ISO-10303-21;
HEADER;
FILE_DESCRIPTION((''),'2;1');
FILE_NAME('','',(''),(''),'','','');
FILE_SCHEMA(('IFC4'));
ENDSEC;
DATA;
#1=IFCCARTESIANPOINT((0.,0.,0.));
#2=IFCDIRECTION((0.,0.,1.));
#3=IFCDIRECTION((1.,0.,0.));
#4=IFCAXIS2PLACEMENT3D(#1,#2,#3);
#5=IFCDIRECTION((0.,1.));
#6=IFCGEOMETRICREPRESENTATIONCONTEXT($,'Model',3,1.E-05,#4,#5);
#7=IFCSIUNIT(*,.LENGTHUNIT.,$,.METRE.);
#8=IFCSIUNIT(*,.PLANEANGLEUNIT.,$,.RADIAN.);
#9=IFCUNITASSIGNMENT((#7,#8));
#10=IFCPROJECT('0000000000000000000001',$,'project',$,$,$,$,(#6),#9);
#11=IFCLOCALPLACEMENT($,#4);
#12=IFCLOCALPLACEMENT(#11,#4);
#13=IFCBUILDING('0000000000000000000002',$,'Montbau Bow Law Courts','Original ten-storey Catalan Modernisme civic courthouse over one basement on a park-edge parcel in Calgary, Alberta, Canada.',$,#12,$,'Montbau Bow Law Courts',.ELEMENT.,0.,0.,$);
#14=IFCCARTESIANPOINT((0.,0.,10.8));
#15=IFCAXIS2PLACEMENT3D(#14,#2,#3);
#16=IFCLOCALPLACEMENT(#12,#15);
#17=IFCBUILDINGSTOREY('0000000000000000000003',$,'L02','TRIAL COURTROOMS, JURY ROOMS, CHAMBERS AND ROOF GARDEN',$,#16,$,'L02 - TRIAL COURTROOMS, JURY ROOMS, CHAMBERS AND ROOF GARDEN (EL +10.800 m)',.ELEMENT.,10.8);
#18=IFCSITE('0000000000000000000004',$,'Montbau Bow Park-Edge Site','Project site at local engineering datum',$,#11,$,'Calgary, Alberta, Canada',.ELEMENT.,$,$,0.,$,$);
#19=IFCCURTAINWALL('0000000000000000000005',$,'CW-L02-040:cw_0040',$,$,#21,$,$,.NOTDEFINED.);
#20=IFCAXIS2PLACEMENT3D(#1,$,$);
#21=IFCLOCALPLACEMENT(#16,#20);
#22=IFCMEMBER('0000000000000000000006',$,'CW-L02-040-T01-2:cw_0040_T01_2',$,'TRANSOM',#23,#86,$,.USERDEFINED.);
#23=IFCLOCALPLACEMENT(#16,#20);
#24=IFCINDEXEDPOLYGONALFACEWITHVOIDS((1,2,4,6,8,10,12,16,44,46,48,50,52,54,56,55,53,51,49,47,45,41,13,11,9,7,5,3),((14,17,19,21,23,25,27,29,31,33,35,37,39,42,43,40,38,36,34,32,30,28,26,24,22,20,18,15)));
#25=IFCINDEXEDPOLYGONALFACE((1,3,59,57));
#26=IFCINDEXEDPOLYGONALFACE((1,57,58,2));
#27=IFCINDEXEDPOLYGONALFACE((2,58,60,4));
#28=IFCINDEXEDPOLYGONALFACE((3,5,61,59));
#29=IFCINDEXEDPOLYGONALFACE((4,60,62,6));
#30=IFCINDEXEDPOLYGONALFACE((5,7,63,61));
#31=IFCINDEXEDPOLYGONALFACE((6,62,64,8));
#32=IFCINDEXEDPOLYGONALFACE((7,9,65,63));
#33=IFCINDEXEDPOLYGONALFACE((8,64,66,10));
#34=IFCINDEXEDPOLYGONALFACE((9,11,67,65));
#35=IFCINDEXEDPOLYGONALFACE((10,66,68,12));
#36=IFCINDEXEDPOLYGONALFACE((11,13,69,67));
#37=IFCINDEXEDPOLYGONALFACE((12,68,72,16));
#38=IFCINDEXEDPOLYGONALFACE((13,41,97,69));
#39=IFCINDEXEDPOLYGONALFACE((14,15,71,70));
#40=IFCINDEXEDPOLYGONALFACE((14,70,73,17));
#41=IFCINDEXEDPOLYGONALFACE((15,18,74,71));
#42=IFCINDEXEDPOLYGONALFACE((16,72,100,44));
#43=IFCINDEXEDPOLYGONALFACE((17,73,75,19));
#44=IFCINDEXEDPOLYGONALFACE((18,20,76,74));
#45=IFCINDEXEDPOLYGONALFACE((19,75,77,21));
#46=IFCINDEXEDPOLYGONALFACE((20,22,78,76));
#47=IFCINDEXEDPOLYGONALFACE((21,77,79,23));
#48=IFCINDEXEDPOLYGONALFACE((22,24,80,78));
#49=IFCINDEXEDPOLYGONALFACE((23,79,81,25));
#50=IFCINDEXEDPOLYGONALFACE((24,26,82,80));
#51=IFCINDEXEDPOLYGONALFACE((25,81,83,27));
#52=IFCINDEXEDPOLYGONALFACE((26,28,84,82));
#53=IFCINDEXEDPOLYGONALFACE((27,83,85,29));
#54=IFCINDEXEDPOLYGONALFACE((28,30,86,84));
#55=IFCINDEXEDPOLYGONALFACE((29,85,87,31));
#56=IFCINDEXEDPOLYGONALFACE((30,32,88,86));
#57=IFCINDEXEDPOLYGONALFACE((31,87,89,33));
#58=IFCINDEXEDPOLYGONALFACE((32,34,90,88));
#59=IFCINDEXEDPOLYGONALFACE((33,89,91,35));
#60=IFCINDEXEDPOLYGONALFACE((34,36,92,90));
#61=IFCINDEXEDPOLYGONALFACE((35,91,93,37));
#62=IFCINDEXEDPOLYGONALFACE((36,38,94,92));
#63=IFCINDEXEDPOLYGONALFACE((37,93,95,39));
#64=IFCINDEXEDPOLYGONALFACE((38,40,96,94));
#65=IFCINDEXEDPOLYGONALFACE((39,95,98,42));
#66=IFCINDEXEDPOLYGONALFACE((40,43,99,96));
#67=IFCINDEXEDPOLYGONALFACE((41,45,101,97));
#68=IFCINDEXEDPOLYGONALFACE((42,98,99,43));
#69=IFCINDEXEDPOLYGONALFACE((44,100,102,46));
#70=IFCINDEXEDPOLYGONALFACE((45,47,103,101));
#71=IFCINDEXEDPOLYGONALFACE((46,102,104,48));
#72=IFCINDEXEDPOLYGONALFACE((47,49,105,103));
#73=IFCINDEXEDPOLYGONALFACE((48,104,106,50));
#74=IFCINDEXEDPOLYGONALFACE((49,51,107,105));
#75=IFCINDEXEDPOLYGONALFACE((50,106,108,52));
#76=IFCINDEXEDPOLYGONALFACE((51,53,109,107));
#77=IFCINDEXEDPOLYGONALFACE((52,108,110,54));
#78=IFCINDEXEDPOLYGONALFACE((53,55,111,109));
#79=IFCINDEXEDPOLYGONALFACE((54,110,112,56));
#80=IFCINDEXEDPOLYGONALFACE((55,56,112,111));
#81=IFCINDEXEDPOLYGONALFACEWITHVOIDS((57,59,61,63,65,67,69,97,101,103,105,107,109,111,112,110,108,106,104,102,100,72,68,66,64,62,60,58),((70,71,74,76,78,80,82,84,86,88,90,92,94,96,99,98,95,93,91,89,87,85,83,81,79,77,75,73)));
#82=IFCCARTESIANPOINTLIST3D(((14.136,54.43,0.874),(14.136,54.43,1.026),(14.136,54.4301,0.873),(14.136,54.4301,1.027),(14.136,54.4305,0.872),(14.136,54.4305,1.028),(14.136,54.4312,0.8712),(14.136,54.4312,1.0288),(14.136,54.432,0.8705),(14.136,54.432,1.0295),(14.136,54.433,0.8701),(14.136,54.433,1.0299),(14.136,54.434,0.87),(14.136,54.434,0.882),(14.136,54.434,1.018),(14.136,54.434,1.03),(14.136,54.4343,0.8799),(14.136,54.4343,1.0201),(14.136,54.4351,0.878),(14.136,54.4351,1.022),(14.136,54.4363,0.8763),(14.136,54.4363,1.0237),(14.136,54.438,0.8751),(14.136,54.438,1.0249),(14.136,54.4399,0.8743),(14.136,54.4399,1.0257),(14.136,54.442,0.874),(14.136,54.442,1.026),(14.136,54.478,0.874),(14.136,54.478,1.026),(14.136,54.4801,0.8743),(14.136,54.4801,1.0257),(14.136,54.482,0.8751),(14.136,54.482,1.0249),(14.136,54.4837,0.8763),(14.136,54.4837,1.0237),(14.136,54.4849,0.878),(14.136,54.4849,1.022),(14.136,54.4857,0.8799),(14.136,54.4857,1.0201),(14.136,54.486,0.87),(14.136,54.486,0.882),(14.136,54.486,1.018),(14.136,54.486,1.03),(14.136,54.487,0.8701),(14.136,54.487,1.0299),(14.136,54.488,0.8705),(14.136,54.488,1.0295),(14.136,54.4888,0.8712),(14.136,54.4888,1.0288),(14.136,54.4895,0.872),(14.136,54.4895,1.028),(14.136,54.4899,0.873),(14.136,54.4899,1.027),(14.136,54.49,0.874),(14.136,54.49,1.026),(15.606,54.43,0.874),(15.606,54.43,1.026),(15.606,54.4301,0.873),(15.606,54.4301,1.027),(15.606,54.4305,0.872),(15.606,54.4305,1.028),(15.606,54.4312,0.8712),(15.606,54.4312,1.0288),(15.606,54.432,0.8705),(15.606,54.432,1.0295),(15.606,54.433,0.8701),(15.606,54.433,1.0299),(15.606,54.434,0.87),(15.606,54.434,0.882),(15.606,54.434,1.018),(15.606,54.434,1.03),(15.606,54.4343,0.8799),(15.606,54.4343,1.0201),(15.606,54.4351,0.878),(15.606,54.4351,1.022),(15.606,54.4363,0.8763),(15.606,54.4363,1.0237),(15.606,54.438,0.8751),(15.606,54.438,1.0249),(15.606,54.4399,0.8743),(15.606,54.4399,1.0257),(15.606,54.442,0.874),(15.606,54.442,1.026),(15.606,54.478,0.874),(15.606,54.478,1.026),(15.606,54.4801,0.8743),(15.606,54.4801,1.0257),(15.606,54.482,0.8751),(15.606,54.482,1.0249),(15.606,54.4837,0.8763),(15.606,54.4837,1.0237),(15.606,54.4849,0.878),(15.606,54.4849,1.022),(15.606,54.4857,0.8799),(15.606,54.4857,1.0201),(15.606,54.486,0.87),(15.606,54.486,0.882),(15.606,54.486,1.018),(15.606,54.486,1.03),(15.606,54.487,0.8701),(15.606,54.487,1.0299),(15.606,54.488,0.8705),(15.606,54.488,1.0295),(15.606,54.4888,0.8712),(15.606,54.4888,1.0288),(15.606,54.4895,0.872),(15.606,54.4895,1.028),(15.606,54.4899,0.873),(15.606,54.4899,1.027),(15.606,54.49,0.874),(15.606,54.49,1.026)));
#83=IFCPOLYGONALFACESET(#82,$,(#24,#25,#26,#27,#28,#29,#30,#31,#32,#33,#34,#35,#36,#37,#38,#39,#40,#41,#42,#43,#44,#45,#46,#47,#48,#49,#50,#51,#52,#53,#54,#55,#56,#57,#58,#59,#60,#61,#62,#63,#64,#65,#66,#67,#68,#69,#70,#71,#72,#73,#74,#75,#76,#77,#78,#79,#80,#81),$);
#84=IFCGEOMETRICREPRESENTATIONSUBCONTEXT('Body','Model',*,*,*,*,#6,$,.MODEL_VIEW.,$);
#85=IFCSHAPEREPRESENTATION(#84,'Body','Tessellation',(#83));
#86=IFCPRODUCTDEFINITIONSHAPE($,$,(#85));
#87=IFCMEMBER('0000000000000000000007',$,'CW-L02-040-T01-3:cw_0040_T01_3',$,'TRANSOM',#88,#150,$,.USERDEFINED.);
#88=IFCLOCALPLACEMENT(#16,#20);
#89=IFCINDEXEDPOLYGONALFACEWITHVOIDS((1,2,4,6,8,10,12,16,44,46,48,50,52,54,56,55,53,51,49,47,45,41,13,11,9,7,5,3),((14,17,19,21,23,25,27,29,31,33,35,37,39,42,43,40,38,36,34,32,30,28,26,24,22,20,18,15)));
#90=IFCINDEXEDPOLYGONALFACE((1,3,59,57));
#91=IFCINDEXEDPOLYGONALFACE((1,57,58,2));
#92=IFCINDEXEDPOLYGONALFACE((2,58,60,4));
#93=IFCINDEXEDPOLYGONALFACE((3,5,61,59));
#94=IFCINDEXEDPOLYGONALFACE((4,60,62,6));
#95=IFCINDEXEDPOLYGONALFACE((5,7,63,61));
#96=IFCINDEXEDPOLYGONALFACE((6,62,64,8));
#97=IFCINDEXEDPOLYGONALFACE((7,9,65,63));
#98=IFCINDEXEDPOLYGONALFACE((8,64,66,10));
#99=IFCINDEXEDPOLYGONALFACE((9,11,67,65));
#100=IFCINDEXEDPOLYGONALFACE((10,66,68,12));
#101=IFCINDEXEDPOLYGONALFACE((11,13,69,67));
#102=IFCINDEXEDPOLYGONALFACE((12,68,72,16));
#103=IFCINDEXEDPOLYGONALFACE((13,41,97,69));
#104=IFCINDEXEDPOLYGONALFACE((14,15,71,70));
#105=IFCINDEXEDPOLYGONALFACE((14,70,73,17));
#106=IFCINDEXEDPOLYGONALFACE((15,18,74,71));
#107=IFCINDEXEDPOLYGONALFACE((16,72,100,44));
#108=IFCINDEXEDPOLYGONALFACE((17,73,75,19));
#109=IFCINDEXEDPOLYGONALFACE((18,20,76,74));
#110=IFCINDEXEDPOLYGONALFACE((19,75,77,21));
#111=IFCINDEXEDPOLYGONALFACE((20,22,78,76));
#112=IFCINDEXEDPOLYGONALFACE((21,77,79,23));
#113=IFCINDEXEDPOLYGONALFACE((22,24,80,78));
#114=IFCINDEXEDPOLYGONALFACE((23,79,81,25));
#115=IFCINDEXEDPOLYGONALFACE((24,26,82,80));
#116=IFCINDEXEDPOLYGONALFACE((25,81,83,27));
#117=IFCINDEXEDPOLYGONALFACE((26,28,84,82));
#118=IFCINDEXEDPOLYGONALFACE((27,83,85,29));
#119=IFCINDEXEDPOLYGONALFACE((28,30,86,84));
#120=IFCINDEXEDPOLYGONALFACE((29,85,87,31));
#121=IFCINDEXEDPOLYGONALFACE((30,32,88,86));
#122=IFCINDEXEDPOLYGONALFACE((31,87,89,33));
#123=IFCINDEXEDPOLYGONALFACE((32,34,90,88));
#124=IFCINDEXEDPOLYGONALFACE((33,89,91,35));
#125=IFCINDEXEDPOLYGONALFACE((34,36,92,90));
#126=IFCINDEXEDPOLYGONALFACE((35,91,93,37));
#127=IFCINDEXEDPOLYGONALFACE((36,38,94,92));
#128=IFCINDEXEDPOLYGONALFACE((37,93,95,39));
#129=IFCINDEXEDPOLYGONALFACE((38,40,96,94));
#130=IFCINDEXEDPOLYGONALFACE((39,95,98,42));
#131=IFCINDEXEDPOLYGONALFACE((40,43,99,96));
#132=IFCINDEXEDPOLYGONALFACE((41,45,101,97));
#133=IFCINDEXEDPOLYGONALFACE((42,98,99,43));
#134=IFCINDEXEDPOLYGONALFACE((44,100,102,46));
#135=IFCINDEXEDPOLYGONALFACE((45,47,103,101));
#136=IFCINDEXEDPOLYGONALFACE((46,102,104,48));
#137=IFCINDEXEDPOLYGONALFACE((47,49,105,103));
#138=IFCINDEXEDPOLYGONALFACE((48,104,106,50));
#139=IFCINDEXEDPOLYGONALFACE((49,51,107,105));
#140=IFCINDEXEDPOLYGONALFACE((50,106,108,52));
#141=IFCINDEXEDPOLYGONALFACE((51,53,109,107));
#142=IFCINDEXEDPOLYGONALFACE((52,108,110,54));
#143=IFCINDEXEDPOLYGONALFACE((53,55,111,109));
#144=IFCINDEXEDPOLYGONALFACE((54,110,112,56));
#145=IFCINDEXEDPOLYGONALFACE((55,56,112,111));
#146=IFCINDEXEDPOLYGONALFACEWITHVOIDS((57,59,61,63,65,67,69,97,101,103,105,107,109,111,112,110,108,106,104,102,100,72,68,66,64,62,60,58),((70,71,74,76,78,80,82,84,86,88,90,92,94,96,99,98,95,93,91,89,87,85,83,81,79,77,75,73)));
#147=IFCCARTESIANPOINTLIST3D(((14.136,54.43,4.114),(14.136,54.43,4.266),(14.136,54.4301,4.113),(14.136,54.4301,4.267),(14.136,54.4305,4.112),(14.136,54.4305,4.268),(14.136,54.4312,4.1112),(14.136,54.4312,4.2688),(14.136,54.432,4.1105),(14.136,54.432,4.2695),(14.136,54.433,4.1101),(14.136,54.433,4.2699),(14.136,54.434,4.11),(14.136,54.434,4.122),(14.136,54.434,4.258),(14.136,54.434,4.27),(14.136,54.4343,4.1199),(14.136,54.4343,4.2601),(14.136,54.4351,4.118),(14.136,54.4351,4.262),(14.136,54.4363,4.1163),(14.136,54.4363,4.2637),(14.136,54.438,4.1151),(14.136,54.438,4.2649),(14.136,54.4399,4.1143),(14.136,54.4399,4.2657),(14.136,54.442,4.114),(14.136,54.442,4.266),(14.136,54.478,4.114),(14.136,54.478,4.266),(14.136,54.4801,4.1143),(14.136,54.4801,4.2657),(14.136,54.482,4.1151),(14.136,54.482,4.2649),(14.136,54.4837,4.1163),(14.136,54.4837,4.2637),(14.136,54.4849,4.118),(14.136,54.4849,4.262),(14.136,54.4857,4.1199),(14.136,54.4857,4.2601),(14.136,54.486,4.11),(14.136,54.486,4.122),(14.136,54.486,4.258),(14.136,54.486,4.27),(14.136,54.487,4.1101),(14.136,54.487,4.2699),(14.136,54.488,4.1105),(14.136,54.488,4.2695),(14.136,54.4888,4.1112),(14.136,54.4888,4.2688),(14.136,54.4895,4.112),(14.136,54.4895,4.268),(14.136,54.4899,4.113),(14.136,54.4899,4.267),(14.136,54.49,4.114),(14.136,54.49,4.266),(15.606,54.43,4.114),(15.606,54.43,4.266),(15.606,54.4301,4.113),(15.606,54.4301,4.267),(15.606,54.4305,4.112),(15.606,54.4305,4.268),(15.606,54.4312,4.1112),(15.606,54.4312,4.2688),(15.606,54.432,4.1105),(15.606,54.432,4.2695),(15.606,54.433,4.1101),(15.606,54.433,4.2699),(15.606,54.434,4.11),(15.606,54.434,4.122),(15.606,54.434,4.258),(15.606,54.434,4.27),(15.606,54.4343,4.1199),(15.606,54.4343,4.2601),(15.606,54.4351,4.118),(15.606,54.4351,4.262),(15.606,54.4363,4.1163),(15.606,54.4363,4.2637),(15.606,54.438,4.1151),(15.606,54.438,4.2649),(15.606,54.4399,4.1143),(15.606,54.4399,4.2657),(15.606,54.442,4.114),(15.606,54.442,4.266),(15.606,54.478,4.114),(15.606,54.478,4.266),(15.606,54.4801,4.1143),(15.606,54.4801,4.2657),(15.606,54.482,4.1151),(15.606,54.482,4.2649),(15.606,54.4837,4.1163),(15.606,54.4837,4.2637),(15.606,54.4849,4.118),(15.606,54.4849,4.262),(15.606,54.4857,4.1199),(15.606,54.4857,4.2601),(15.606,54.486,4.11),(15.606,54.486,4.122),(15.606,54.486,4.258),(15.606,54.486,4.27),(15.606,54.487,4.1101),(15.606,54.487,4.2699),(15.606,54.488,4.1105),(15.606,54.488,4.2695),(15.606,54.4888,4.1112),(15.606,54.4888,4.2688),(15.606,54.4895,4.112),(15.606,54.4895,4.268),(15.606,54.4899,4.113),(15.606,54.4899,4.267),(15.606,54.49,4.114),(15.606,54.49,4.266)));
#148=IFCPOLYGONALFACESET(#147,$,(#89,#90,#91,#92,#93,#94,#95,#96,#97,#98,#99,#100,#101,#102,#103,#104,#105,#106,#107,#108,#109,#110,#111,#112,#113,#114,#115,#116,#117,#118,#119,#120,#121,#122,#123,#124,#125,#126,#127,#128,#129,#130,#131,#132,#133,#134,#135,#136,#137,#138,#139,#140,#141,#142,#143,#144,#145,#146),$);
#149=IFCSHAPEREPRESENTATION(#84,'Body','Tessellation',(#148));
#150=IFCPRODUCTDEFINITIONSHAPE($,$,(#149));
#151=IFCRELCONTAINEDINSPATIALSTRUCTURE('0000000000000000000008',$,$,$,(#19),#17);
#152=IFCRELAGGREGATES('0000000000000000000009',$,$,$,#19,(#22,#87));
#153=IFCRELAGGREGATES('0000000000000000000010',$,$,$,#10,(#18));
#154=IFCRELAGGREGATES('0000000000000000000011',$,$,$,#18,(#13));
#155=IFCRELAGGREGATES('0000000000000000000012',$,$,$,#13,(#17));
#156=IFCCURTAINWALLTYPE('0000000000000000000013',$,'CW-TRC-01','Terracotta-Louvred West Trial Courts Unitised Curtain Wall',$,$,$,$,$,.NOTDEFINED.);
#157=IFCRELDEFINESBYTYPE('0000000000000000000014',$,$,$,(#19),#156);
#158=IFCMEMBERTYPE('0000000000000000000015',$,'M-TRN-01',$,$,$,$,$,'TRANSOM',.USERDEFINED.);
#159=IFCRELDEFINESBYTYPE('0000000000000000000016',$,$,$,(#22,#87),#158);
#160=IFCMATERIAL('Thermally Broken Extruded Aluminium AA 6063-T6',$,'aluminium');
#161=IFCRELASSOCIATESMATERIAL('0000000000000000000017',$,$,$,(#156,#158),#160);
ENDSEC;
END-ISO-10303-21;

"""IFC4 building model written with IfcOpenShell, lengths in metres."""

from ifc_helpers import new_model, si_unit, direction, frame, origin_with_axes, origin_2d_with_axis, place, context, subcontext, project, spatial, hollow_rectangle, extrude, material, material_profile, profile_set, type_object, element, aggregate, save


model = new_model("IFC4")

# Units and contexts
model_context = context("Model", 3, precision=1e-05, world=origin_with_axes(), true_north=direction((0.0, 1.0)))
body_context = subcontext(model_context, "Body", "Model", "MODEL_VIEW")
ifc_project = project(units=[si_unit("LENGTHUNIT", "METRE"), si_unit("PLANEANGLEUNIT", "RADIAN")], contexts=[model_context])

# Site, building, storey
site_placement = place(None, origin_with_axes())
site = spatial("IfcSite", under=ifc_project, at=site_placement, Name="Montbau Bow Park-Edge Site", Description="Project site at local engineering datum", LongName="Calgary, Alberta, Canada", CompositionType="ELEMENT", RefElevation=0.0)
building_placement = place(site_placement, origin_with_axes())
building = spatial("IfcBuilding", under=site, at=building_placement, Name="Montbau Bow Law Courts", Description="Original ten-storey Catalan Modernisme civic courthouse over one basement on a park-edge parcel in Calgary, Alberta, Canada.", LongName="Montbau Bow Law Courts", CompositionType="ELEMENT", ElevationOfRefHeight=0.0, ElevationOfTerrain=0.0)
storey_placement = place(building_placement, frame((0.0, 0.0, 10.8), z_axis=(0.0, 0.0, 1.0), x_axis=(1.0, 0.0, 0.0)))
storey = spatial("IfcBuildingStorey", under=building, at=storey_placement, Name="L02", Description="TRIAL COURTROOMS, JURY ROOMS, CHAMBERS AND ROOF GARDEN", LongName="L02 - TRIAL COURTROOMS, JURY ROOMS, CHAMBERS AND ROOF GARDEN (EL +10.800 m)", CompositionType="ELEMENT", Elevation=10.8)

# Curtain wall
ifc_material_1 = material(Name="Thermally Broken Extruded Aluminium AA 6063-T6", Category="aluminium")
curtain_wall_type = type_object("IfcCurtainWallType", Name="CW-TRC-01", Description="Terracotta-Louvred West Trial Courts Unitised Curtain Wall", PredefinedType="NOTDEFINED", material=ifc_material_1)
curtain_wall_1_placement = place(None, frame((14.068, 54.46, 10.8), z_axis=(0.0, 0.0, 1.0), x_axis=(1.0, 0.0, 0.0)))
curtain_wall_1 = element("IfcCurtainWall", 1, at=curtain_wall_1_placement, inside=storey, type_object=curtain_wall_type, Name="CW-L02-040:cw_0040", PredefinedType="NOTDEFINED")

# Members
ifc_material_profile_1 = material_profile(ifc_material_1, hollow_rectangle(XDim=0.06, YDim=0.16, WallThickness=0.004, InnerFilletRadius=0.008, OuterFilletRadius=0.004, at=origin_2d_with_axis()), Name="CWT-160X60", Category="Main", Priority=0)
ifc_profile_set_1 = profile_set([ifc_material_profile_1], Name="Thermally Broken Extruded Aluminium AA 6063-T6")
member_type_1 = type_object("IfcMemberType", Name="M-TRN-01", ElementType="TRANSOM", PredefinedType="USERDEFINED", material=ifc_profile_set_1)
member_1_placement = place(None, frame((14.136, 54.46, 11.75), z_axis=(1.0, 0.0, 0.0), x_axis=(0.0, 1.0, 0.0)))
member_1 = element("IfcMember", 2, at=member_1_placement, type_object=member_type_1, Name="CW-L02-040-T01-2:cw_0040_T01_2", ObjectType="TRANSOM", PredefinedType="USERDEFINED", context=body_context, shape_type="SweptSolid", body=[
    extrude(hollow_rectangle(XDim=0.06, YDim=0.16, WallThickness=0.004, InnerFilletRadius=0.008, OuterFilletRadius=0.004, at=origin_2d_with_axis()), origin_with_axes(), (0.0, 0.0, 1.0), 1.47),
])
member_2_placement = place(None, frame((14.136, 54.46, 14.99), z_axis=(1.0, 0.0, 0.0), x_axis=(0.0, 1.0, 0.0)))
member_2 = element("IfcMember", 3, at=member_2_placement, type_object=member_type_1, Name="CW-L02-040-T01-3:cw_0040_T01_3", ObjectType="TRANSOM", PredefinedType="USERDEFINED", context=body_context, shape_type="SweptSolid", body=[
    extrude(hollow_rectangle(XDim=0.06, YDim=0.16, WallThickness=0.004, InnerFilletRadius=0.008, OuterFilletRadius=0.004, at=origin_2d_with_axis()), origin_with_axes(), (0.0, 0.0, 1.0), 1.47),
])

aggregate(curtain_wall_1, [member_1, member_2])

save(model, "model.ifc")
